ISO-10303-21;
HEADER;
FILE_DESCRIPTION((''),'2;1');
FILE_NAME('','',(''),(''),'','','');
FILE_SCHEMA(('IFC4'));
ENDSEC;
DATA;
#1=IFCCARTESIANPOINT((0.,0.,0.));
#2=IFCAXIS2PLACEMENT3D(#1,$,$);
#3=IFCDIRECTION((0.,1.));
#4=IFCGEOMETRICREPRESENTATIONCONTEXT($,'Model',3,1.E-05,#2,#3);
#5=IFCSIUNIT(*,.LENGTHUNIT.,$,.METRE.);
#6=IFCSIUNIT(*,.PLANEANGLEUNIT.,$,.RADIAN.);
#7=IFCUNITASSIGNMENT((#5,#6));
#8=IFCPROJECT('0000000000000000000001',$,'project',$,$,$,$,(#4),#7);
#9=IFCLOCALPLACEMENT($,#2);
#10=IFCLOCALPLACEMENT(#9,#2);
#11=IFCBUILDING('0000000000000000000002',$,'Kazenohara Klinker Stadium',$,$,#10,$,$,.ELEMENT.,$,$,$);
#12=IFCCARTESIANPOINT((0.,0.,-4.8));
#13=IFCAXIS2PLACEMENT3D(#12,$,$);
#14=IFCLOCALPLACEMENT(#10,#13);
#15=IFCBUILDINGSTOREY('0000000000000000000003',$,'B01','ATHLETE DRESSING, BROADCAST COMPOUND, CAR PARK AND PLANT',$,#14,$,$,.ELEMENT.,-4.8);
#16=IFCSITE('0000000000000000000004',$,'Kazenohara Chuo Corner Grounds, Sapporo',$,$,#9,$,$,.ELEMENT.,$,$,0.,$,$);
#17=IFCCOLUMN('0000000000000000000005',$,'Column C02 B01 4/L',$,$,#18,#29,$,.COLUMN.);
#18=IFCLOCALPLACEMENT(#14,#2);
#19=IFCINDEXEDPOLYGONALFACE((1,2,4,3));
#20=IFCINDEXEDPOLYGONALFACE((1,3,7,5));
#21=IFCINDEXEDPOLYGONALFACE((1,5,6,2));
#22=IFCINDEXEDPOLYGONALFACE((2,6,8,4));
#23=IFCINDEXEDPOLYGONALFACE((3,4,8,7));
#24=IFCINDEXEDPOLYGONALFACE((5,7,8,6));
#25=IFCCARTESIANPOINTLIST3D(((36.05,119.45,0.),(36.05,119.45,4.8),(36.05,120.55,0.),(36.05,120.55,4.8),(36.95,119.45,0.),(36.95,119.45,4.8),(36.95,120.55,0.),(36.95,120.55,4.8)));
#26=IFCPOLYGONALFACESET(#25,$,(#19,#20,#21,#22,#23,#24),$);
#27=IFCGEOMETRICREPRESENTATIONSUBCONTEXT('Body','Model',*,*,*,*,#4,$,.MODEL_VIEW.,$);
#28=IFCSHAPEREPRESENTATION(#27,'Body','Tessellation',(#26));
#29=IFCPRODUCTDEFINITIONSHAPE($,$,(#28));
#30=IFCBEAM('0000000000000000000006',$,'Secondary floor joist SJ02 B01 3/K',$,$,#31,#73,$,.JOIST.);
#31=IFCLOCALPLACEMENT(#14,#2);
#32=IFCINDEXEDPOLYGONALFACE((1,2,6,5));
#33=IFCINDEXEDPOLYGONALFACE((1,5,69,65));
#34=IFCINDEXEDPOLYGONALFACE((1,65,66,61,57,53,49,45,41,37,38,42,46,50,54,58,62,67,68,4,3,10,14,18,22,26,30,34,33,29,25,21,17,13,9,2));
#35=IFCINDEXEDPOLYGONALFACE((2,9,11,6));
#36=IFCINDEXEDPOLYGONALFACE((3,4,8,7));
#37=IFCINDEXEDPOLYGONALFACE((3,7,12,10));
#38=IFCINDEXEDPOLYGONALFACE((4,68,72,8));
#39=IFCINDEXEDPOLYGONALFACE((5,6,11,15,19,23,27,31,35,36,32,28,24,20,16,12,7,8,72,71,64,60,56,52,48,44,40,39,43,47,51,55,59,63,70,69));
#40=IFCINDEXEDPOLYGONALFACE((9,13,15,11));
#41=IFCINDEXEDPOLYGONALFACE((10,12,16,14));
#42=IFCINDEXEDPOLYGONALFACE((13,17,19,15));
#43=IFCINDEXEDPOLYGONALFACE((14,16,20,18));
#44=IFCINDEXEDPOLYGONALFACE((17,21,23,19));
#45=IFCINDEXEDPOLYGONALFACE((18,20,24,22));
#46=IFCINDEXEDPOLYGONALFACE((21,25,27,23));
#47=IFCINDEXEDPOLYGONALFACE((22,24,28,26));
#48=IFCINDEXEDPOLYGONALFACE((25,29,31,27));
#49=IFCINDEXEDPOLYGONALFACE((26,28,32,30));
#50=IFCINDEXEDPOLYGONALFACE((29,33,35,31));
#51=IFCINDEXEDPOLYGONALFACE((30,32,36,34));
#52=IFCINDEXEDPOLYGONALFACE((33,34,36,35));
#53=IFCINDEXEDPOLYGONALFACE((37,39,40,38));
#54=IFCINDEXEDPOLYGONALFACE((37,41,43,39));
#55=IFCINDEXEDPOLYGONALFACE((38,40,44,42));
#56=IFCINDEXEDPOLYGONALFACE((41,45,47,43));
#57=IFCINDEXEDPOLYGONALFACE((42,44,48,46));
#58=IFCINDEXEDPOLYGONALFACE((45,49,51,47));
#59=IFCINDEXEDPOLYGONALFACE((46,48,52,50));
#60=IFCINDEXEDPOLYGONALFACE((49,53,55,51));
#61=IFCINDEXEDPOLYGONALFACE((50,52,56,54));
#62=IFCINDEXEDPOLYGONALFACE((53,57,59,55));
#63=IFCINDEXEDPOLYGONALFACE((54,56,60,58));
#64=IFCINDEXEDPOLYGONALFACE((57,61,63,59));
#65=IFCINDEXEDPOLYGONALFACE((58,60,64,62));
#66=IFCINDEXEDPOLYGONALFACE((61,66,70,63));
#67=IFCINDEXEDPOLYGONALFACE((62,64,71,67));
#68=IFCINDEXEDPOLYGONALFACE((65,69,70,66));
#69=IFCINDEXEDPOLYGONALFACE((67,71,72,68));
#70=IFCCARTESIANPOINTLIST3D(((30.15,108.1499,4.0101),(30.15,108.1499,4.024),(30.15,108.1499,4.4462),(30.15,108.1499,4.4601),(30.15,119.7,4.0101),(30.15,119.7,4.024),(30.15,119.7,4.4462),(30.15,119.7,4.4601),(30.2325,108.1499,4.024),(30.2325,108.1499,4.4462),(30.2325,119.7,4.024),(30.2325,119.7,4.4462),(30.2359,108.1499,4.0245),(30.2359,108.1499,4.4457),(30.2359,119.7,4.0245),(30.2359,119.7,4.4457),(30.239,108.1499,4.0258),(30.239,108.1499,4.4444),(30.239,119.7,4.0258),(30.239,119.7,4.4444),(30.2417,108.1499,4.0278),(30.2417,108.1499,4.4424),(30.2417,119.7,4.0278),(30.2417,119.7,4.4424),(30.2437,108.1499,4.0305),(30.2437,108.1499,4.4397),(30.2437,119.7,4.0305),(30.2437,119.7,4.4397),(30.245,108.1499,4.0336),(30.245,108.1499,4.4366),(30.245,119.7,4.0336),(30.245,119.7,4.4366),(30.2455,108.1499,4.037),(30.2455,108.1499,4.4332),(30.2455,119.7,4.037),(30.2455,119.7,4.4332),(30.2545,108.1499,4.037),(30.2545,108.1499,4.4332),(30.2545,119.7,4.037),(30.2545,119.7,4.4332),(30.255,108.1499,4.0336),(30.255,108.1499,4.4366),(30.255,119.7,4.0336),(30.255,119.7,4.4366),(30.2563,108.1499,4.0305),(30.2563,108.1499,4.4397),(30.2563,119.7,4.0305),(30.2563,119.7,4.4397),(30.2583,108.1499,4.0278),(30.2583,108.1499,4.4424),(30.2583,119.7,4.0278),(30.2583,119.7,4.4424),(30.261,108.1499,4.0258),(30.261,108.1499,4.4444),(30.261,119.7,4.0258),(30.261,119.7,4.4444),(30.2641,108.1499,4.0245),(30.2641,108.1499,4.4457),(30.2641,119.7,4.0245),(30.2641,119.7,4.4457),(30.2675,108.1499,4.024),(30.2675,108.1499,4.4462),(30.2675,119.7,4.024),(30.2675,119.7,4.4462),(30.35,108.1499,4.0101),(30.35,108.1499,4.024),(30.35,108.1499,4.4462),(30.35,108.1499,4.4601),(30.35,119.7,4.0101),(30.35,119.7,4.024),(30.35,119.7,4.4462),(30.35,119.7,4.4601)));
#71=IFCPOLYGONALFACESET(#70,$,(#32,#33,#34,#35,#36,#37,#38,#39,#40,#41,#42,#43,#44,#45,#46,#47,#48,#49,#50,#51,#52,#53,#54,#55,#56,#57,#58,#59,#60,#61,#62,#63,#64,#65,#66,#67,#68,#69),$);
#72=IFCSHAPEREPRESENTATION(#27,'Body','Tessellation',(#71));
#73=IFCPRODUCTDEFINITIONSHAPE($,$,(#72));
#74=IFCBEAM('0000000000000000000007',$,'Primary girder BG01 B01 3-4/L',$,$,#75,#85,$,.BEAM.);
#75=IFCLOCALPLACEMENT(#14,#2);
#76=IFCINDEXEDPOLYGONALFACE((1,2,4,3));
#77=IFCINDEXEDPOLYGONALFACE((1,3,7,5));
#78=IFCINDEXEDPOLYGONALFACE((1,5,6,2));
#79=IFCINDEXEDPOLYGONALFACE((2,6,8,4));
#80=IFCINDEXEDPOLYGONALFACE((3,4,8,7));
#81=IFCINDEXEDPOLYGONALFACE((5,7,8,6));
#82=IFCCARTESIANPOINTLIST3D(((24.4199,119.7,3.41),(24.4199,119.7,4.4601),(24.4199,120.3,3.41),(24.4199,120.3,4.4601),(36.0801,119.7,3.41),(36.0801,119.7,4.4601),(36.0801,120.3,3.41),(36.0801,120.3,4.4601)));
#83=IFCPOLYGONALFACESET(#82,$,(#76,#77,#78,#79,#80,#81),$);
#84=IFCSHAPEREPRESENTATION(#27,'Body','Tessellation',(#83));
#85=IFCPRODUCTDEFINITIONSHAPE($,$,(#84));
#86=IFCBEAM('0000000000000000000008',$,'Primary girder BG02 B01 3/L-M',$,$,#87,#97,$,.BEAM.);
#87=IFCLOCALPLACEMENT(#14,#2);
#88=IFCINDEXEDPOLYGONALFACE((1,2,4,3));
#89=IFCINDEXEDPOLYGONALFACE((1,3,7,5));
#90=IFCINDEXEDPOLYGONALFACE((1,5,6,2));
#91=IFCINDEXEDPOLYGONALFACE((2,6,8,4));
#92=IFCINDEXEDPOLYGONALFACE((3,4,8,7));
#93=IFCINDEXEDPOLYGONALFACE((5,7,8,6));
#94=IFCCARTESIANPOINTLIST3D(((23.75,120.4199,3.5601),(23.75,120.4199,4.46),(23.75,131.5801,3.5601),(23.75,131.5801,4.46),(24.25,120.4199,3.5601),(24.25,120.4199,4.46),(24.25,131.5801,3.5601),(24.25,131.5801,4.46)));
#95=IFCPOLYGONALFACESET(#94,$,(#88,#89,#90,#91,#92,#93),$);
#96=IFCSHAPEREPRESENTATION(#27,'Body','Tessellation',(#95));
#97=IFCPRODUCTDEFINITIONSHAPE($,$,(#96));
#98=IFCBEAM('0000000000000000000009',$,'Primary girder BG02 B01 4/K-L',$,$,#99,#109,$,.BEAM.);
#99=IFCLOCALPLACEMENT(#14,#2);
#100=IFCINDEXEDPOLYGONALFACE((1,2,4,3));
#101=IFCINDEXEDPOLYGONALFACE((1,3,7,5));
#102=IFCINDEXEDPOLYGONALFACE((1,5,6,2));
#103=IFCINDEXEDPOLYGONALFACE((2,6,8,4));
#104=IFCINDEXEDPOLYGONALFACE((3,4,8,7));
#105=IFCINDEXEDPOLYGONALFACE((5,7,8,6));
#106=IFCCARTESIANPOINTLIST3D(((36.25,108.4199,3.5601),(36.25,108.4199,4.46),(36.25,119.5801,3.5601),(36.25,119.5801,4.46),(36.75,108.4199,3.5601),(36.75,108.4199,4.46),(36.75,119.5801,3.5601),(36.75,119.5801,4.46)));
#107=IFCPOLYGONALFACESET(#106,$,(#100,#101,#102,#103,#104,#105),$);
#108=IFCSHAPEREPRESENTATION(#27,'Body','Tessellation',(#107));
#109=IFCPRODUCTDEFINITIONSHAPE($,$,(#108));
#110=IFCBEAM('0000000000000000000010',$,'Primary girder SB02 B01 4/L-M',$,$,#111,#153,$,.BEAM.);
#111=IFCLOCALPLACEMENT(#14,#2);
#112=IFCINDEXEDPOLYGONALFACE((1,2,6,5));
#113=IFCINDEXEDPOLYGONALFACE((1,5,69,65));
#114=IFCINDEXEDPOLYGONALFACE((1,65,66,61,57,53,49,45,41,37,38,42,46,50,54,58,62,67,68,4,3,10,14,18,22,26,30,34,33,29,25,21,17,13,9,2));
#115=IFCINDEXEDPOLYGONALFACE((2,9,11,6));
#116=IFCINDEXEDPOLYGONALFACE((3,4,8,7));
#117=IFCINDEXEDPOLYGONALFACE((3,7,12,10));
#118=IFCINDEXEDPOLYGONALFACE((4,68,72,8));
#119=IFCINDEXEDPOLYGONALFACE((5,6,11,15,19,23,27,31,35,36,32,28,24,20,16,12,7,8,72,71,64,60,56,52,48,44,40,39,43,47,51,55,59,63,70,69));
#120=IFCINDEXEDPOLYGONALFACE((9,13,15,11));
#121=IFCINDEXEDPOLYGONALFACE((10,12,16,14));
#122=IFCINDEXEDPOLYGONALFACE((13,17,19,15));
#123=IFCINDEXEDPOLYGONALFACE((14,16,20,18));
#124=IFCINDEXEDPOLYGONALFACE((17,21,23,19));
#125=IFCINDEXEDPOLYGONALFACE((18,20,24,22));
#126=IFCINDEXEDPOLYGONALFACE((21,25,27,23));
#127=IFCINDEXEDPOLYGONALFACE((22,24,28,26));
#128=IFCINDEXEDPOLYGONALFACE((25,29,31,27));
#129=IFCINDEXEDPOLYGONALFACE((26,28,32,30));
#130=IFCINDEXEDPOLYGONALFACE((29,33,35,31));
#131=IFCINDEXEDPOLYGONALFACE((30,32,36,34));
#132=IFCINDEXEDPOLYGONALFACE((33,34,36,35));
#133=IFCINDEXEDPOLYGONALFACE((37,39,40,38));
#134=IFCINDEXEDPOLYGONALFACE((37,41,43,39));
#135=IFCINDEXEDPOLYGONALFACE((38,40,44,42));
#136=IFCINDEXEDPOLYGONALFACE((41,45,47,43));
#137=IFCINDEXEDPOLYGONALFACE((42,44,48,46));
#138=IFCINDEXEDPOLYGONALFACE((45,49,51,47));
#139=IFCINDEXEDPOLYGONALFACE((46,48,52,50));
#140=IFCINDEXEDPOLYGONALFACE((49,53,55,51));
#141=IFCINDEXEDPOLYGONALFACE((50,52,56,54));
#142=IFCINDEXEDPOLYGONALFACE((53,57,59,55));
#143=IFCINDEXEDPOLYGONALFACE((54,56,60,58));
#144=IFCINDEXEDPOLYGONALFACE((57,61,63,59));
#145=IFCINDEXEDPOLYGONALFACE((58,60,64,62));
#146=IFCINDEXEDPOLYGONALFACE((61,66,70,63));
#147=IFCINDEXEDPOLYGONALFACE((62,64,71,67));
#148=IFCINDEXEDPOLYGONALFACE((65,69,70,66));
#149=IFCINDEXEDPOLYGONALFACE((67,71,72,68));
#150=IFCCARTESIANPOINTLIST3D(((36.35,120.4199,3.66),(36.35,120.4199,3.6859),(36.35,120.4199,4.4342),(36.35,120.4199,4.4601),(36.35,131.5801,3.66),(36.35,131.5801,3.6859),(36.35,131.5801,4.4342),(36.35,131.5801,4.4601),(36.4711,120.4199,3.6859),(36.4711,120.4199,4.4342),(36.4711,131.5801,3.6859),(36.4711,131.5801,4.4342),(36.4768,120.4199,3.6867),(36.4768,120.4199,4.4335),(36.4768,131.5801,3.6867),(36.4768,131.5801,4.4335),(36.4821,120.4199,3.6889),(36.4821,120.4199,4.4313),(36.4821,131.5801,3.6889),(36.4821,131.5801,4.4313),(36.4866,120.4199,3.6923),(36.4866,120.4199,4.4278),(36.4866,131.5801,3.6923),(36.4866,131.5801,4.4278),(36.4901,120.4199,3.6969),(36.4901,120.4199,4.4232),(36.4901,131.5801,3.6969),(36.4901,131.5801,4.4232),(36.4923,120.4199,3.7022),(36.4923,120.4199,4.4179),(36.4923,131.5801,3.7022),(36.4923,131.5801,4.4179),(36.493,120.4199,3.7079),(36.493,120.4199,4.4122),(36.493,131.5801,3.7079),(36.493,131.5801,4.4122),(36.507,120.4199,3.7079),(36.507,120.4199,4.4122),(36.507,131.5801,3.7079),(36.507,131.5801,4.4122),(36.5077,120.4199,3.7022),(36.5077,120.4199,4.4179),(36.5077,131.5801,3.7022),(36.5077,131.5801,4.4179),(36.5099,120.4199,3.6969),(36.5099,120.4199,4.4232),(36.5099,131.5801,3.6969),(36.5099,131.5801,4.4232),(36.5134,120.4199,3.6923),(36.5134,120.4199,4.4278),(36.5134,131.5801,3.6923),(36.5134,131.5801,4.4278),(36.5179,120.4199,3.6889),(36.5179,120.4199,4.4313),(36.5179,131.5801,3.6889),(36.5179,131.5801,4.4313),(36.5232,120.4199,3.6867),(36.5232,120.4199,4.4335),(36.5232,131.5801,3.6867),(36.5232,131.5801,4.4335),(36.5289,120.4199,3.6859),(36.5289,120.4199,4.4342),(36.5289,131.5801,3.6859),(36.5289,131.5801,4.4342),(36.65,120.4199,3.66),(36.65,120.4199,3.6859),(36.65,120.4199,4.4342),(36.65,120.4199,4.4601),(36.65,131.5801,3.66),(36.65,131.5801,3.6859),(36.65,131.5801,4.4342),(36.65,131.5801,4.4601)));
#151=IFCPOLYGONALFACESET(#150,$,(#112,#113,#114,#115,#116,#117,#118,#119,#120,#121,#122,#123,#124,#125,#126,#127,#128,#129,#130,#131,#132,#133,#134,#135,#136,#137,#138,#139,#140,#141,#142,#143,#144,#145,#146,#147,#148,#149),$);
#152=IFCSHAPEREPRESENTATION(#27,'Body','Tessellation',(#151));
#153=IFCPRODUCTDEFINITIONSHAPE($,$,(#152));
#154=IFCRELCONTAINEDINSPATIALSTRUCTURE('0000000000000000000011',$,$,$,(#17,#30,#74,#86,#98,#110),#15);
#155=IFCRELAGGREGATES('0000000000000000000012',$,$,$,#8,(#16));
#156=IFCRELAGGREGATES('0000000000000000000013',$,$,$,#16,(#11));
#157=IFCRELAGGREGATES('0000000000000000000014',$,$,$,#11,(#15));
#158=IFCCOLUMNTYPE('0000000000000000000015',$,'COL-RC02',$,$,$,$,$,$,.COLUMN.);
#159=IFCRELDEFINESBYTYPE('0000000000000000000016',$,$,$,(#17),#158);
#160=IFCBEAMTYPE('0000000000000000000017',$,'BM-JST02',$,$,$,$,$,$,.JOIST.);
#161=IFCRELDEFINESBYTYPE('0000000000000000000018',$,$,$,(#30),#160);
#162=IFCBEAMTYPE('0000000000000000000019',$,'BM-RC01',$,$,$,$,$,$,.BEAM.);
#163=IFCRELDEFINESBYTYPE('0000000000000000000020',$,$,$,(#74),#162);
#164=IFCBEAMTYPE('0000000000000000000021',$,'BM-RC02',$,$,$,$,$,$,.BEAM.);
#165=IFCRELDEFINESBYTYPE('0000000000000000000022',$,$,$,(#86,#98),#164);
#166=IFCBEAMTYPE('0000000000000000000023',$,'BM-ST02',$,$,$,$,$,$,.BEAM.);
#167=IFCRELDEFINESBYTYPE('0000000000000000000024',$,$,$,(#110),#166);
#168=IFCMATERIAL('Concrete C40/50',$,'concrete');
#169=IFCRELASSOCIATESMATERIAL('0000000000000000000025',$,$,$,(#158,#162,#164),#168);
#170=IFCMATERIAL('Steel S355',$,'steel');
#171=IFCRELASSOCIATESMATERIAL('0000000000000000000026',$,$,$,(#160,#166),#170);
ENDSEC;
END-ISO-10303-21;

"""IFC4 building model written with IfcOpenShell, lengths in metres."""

from ifc_helpers import new_model, si_unit, direction, frame, origin, origin_2d, place, context, subcontext, project, spatial, rectangle, i_section, extrude, material, material_profile, profile_set, type_object, element, save


model = new_model("IFC4")

# Units and contexts
model_context = context("Model", 3, precision=1e-05, world=origin(), true_north=direction((0.0, 1.0)))
body_context = subcontext(model_context, "Body", "Model", "MODEL_VIEW")
ifc_project = project(units=[si_unit("LENGTHUNIT", "METRE"), si_unit("PLANEANGLEUNIT", "RADIAN")], contexts=[model_context])

# Site, building, storey
site_placement = place(None, origin())
site = spatial("IfcSite", under=ifc_project, at=site_placement, Name="Kazenohara Chuo Corner Grounds, Sapporo", CompositionType="ELEMENT", RefElevation=0.0)
building_placement = place(site_placement, origin())
building = spatial("IfcBuilding", under=site, at=building_placement, Name="Kazenohara Klinker Stadium", CompositionType="ELEMENT")
storey_placement = place(building_placement, frame((0.0, 0.0, -4.8)))
storey = spatial("IfcBuildingStorey", under=building, at=storey_placement, Name="B01", Description="ATHLETE DRESSING, BROADCAST COMPOUND, CAR PARK AND PLANT", CompositionType="ELEMENT", Elevation=-4.8)

# Column
ifc_material_1 = material(Name="Concrete C40/50", Category="concrete")
ifc_material_profile_1 = material_profile(ifc_material_1, rectangle(XDim=0.8999, YDim=1.1001, at=origin_2d()), Name="RC-COL-1100x900")
ifc_profile_set_1 = profile_set([ifc_material_profile_1], Name="Concrete C40/50")
column_type_1 = type_object("IfcColumnType", Name="COL-RC02", PredefinedType="COLUMN", material=ifc_profile_set_1)
column_1_placement = place(storey_placement, frame((36.5, 120.0, 0.0), z_axis=(0.0, 0.0, 1.0), x_axis=(1.0, 0.0, 0.0)))
element("IfcColumn", 1, at=column_1_placement, inside=storey, type_object=column_type_1, Name="Column C02 B01 4/L", PredefinedType="COLUMN", context=body_context, shape_type="SweptSolid", body=[
    extrude(rectangle(XDim=0.8999, YDim=1.1001, at=origin_2d()), origin(), (0.0, 0.0, 1.0), 4.8),
])

# Beams
ifc_material_2 = material(Name="Steel S355", Category="steel")
ifc_material_profile_2 = material_profile(ifc_material_2, i_section(OverallWidth=0.2, OverallDepth=0.45, WebThickness=0.009, FlangeThickness=0.0139, FilletRadius=0.0129, at=origin_2d()), Name="H-450x200x9x14")
ifc_profile_set_2 = profile_set([ifc_material_profile_2], Name="Steel S355")
beam_type_1 = type_object("IfcBeamType", Name="BM-JST02", PredefinedType="JOIST", material=ifc_profile_set_2)
beam_1_placement = place(storey_placement, frame((30.25, 108.1499, 4.2351), z_axis=(0.0, 1.0, 0.0), x_axis=(-1.0, 0.0, 0.0)))
element("IfcBeam", 2, at=beam_1_placement, inside=storey, type_object=beam_type_1, Name="Secondary floor joist SJ02 B01 3/K", PredefinedType="JOIST", context=body_context, shape_type="SweptSolid", body=[
    extrude(i_section(OverallWidth=0.2, OverallDepth=0.45, WebThickness=0.009, FlangeThickness=0.0139, FilletRadius=0.0129, at=origin_2d()), origin(), (0.0, 0.0, 1.0), 11.55),
])
ifc_material_profile_3 = material_profile(ifc_material_1, rectangle(XDim=0.6001, YDim=1.05, at=origin_2d()), Name="RC-BM-600x1050")
ifc_profile_set_3 = profile_set([ifc_material_profile_3], Name="Concrete C40/50")
beam_type_2 = type_object("IfcBeamType", Name="BM-RC01", PredefinedType="BEAM", material=ifc_profile_set_3)
beam_2_placement = place(storey_placement, frame((24.4199, 120.0, 3.9351), z_axis=(1.0, 0.0, 0.0), x_axis=(0.0, 1.0, 0.0)))
element("IfcBeam", 3, at=beam_2_placement, inside=storey, type_object=beam_type_2, Name="Primary girder BG01 B01 3-4/L", PredefinedType="BEAM", context=body_context, shape_type="SweptSolid", body=[
    extrude(rectangle(XDim=0.6001, YDim=1.05, at=origin_2d()), origin(), (0.0, 0.0, 1.0), 11.6602),
])
ifc_material_profile_4 = material_profile(ifc_material_1, rectangle(XDim=0.5, YDim=0.8999, at=origin_2d()), Name="RC-BM-500x900")
ifc_profile_set_4 = profile_set([ifc_material_profile_4], Name="Concrete C40/50")
beam_type_3 = type_object("IfcBeamType", Name="BM-RC02", PredefinedType="BEAM", material=ifc_profile_set_4)
for number, where, z_axis, x_axis, name in (
    (4, (24.0, 120.4199, 4.01), (0.0, 1.0, 0.0), (-1.0, 0.0, 0.0), "Primary girder BG02 B01 3/L-M"),
    (5, (36.5, 108.4199, 4.01), (0.0, 1.0, 0.0), (-1.0, 0.0, 0.0), "Primary girder BG02 B01 4/K-L"),
):
    element("IfcBeam", number, at=place(storey_placement, frame(where, z_axis=z_axis, x_axis=x_axis)), inside=storey, type_object=beam_type_3, Name=name, PredefinedType="BEAM", context=body_context, shape_type="SweptSolid", body=[
        extrude(rectangle(XDim=0.5, YDim=0.8999, at=origin_2d()), origin(), (0.0, 0.0, 1.0), 11.1602),
    ])
ifc_material_profile_5 = material_profile(ifc_material_2, i_section(OverallWidth=0.3, OverallDepth=0.8, WebThickness=0.0139, FlangeThickness=0.0259, FilletRadius=0.022, at=origin_2d()), Name="H-800x300x14x26")
ifc_profile_set_5 = profile_set([ifc_material_profile_5], Name="Steel S355")
beam_type_4 = type_object("IfcBeamType", Name="BM-ST02", PredefinedType="BEAM", material=ifc_profile_set_5)
beam_3_placement = place(storey_placement, frame((36.5, 120.4199, 4.0601), z_axis=(0.0, 1.0, 0.0), x_axis=(-1.0, 0.0, 0.0)))
element("IfcBeam", 6, at=beam_3_placement, inside=storey, type_object=beam_type_4, Name="Primary girder SB02 B01 4/L-M", PredefinedType="BEAM", context=body_context, shape_type="SweptSolid", body=[
    extrude(i_section(OverallWidth=0.3, OverallDepth=0.8, WebThickness=0.0139, FlangeThickness=0.0259, FilletRadius=0.022, at=origin_2d()), origin(), (0.0, 0.0, 1.0), 11.1602),
])

save(model, "model.ifc")
